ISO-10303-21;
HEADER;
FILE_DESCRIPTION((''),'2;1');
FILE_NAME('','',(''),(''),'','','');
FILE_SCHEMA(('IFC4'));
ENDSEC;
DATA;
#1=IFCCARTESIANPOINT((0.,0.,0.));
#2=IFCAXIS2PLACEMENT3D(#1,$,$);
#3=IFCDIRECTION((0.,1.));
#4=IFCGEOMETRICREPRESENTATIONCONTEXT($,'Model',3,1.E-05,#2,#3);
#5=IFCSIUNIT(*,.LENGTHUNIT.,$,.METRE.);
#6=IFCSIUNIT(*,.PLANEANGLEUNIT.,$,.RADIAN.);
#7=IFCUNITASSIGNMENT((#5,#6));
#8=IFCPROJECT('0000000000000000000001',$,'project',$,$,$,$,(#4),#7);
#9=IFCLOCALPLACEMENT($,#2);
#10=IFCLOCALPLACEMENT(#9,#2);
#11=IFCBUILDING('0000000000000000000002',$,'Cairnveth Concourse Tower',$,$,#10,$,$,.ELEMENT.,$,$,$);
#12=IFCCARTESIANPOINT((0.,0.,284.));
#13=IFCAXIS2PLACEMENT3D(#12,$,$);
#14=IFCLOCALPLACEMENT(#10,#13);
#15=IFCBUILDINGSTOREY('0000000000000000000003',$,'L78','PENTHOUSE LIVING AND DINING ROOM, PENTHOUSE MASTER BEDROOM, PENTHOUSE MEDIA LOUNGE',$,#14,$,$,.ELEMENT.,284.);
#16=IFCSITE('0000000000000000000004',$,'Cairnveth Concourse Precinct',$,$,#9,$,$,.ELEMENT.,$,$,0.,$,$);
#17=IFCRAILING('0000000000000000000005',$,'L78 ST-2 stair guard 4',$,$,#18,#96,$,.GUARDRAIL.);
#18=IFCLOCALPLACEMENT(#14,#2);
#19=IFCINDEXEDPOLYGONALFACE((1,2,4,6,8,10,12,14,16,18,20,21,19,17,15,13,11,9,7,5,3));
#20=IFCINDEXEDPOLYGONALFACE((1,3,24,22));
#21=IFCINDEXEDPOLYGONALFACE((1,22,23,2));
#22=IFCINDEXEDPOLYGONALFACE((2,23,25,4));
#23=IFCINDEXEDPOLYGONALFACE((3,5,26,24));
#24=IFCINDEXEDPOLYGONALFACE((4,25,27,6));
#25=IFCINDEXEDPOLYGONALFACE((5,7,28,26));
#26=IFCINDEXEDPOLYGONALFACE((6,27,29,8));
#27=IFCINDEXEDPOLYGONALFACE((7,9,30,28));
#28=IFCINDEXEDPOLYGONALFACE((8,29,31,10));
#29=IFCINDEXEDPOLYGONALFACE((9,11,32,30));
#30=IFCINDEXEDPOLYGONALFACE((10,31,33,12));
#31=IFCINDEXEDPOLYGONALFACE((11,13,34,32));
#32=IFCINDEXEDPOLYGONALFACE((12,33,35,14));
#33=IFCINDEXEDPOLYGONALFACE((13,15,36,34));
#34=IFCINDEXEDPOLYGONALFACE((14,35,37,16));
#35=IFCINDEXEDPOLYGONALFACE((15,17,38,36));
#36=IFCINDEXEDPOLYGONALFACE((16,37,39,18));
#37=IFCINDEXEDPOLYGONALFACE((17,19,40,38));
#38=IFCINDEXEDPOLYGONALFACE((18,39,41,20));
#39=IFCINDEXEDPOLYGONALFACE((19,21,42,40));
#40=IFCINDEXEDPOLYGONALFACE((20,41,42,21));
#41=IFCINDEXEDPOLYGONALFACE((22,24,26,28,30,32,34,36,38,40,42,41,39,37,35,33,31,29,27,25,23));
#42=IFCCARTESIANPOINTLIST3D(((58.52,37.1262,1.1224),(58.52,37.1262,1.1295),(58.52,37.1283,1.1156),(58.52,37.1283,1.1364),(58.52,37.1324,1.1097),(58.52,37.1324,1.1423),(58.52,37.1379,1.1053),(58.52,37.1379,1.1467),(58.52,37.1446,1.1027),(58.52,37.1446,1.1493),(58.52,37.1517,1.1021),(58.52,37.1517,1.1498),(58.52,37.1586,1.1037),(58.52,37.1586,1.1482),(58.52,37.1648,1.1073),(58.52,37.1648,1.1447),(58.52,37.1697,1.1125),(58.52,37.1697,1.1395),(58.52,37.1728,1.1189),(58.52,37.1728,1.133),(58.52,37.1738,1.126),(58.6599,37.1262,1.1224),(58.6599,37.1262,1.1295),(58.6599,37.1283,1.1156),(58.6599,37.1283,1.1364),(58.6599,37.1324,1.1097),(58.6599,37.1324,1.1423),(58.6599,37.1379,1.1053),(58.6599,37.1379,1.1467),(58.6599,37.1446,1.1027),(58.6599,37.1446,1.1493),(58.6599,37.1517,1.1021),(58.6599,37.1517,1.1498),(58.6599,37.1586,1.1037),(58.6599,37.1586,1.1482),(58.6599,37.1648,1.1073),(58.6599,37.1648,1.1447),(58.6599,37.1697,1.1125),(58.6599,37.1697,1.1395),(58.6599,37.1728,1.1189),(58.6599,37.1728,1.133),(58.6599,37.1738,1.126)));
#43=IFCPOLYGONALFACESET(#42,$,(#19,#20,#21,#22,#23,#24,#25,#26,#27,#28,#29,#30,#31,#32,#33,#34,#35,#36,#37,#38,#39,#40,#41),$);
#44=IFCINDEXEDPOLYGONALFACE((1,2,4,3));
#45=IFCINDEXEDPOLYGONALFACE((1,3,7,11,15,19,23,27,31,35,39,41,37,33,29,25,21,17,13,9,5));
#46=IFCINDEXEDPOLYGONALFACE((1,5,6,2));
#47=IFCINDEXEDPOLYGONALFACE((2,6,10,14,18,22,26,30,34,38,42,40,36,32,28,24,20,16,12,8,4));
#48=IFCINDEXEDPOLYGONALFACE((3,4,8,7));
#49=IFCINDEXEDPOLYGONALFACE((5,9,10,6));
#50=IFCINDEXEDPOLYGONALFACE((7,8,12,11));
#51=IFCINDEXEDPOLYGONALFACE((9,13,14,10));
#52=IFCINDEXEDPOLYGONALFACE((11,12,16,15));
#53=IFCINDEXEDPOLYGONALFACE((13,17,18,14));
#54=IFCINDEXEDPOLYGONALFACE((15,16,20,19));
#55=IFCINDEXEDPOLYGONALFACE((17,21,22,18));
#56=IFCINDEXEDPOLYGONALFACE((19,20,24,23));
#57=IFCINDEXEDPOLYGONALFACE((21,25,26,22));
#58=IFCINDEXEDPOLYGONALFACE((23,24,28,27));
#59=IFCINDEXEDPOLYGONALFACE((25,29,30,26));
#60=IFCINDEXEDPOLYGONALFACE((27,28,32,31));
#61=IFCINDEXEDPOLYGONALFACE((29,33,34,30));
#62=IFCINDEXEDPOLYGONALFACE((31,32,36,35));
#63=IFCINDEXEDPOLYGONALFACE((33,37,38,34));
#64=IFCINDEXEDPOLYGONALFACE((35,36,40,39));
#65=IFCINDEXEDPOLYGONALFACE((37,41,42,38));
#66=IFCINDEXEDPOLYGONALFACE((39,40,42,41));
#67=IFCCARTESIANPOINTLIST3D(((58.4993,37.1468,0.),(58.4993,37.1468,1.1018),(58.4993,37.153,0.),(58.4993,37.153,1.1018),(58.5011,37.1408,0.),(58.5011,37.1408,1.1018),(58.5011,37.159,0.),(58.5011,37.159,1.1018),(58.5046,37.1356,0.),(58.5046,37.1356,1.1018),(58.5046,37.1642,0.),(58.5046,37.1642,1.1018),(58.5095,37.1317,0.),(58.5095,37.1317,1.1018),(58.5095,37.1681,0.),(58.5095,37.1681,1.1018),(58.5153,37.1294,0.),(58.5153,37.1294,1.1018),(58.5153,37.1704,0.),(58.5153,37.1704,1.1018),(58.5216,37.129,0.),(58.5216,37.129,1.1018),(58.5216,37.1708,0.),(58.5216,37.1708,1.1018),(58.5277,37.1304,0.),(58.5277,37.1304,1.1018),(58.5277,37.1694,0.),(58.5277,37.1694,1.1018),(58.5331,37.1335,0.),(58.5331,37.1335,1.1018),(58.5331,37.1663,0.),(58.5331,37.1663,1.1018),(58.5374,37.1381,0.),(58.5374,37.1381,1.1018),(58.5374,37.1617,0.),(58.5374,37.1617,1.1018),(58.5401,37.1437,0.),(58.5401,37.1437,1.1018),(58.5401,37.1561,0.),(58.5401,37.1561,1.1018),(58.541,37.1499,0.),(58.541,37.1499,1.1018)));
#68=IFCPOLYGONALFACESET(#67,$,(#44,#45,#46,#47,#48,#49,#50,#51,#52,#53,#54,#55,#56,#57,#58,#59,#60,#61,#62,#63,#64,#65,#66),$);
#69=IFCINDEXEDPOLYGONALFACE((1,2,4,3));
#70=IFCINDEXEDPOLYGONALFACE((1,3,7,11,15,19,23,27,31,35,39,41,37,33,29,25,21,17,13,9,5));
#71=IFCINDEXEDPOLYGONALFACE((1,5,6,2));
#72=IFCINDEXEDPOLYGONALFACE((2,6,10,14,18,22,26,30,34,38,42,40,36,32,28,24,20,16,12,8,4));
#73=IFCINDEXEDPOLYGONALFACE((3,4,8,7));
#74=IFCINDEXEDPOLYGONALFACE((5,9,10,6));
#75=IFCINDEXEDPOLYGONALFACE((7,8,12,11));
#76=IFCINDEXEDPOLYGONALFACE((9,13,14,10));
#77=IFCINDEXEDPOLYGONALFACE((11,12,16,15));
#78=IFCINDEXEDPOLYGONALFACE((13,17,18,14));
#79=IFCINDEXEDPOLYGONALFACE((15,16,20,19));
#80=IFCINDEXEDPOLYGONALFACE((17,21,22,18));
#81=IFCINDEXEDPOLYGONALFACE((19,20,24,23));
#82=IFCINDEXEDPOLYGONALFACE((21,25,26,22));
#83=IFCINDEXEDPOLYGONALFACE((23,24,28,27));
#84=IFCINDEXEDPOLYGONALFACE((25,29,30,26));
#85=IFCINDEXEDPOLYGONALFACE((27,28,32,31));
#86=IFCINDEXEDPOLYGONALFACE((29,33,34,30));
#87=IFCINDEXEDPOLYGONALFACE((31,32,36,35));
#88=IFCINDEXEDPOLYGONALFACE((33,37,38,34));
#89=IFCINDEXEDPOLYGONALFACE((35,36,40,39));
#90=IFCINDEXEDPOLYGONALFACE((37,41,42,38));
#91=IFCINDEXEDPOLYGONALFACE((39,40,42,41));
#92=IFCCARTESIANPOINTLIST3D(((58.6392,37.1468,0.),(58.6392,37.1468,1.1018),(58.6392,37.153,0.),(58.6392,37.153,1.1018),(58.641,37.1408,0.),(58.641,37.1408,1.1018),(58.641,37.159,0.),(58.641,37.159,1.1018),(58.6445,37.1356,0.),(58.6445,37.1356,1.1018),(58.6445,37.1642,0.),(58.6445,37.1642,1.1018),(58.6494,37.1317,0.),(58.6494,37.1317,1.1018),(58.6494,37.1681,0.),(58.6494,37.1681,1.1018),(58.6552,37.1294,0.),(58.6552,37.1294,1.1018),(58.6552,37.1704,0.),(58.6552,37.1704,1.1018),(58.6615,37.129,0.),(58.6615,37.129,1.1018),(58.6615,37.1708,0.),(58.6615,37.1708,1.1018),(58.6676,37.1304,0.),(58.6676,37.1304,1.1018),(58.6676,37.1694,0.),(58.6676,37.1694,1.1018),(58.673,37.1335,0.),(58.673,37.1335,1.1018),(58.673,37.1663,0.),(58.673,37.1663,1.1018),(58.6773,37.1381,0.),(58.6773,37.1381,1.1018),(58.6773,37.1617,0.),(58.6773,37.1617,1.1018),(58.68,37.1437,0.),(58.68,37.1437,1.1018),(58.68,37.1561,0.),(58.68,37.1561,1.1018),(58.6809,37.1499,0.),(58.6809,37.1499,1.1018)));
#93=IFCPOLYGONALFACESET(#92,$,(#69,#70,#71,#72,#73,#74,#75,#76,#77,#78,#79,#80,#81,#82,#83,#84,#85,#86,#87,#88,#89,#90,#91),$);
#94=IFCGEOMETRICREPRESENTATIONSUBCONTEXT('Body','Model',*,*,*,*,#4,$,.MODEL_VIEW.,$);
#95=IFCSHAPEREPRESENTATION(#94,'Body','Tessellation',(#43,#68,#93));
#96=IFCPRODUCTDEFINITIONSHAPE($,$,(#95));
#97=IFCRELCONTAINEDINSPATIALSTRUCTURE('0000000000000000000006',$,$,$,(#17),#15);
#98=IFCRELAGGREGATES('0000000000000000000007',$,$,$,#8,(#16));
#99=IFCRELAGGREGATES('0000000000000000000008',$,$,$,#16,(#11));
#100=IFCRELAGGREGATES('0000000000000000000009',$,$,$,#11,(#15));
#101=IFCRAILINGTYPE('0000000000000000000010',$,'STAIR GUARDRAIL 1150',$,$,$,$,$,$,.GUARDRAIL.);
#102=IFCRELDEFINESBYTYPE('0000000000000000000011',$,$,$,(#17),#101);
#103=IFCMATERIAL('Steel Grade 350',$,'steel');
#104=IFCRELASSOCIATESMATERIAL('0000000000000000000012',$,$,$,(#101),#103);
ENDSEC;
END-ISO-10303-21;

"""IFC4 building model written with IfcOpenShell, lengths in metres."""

from ifc_helpers import new_model, si_unit, direction, frame, origin, origin_2d, place, context, subcontext, project, spatial, circle, extrude, material, type_object, element, save


model = new_model("IFC4")

# Units and contexts
model_context = context("Model", 3, precision=1e-05, world=origin(), true_north=direction((0.0, 1.0)))
body_context = subcontext(model_context, "Body", "Model", "MODEL_VIEW")
ifc_project = project(units=[si_unit("LENGTHUNIT", "METRE"), si_unit("PLANEANGLEUNIT", "RADIAN")], contexts=[model_context])

# Site, building, storey
site_placement = place(None, origin())
site = spatial("IfcSite", under=ifc_project, at=site_placement, Name="Cairnveth Concourse Precinct", CompositionType="ELEMENT", RefElevation=0.0)
building_placement = place(site_placement, origin())
building = spatial("IfcBuilding", under=site, at=building_placement, Name="Cairnveth Concourse Tower", CompositionType="ELEMENT")
storey_placement = place(building_placement, frame((0.0, 0.0, 284.0)))
storey = spatial("IfcBuildingStorey", under=building, at=storey_placement, Name="L78", Description="PENTHOUSE LIVING AND DINING ROOM, PENTHOUSE MASTER BEDROOM, PENTHOUSE MEDIA LOUNGE", CompositionType="ELEMENT", Elevation=284.0)

# Shared definitions
ifc_material_1 = material(Name="Steel Grade 350", Category="steel")

# Railing
railing_type = type_object("IfcRailingType", Name="STAIR GUARDRAIL 1150", PredefinedType="GUARDRAIL", material=ifc_material_1)
railing_1_placement = place(storey_placement, frame((58.52, 37.1499, 0.0)))
element("IfcRailing", 1, at=railing_1_placement, inside=storey, type_object=railing_type, Name="L78 ST-2 stair guard 4", PredefinedType="GUARDRAIL", context=body_context, shape_type="SweptSolid", body=[
    extrude(circle(Radius=0.0239, at=origin_2d()), frame((0.0, 0.0, 1.126), z_axis=(1.0, 0.0, 0.0), x_axis=(0.0, 1.0, 0.0)), (0.0, 0.0, 1.0), 0.1399),
    extrude(circle(Radius=0.021, at=origin_2d()), origin(), (0.0, 0.0, 1.0), 1.1018),
    extrude(circle(Radius=0.021, at=origin_2d()), frame((0.1399, 0.0, 0.0)), (0.0, 0.0, 1.0), 1.1018),
])

save(model, "model.ifc")
